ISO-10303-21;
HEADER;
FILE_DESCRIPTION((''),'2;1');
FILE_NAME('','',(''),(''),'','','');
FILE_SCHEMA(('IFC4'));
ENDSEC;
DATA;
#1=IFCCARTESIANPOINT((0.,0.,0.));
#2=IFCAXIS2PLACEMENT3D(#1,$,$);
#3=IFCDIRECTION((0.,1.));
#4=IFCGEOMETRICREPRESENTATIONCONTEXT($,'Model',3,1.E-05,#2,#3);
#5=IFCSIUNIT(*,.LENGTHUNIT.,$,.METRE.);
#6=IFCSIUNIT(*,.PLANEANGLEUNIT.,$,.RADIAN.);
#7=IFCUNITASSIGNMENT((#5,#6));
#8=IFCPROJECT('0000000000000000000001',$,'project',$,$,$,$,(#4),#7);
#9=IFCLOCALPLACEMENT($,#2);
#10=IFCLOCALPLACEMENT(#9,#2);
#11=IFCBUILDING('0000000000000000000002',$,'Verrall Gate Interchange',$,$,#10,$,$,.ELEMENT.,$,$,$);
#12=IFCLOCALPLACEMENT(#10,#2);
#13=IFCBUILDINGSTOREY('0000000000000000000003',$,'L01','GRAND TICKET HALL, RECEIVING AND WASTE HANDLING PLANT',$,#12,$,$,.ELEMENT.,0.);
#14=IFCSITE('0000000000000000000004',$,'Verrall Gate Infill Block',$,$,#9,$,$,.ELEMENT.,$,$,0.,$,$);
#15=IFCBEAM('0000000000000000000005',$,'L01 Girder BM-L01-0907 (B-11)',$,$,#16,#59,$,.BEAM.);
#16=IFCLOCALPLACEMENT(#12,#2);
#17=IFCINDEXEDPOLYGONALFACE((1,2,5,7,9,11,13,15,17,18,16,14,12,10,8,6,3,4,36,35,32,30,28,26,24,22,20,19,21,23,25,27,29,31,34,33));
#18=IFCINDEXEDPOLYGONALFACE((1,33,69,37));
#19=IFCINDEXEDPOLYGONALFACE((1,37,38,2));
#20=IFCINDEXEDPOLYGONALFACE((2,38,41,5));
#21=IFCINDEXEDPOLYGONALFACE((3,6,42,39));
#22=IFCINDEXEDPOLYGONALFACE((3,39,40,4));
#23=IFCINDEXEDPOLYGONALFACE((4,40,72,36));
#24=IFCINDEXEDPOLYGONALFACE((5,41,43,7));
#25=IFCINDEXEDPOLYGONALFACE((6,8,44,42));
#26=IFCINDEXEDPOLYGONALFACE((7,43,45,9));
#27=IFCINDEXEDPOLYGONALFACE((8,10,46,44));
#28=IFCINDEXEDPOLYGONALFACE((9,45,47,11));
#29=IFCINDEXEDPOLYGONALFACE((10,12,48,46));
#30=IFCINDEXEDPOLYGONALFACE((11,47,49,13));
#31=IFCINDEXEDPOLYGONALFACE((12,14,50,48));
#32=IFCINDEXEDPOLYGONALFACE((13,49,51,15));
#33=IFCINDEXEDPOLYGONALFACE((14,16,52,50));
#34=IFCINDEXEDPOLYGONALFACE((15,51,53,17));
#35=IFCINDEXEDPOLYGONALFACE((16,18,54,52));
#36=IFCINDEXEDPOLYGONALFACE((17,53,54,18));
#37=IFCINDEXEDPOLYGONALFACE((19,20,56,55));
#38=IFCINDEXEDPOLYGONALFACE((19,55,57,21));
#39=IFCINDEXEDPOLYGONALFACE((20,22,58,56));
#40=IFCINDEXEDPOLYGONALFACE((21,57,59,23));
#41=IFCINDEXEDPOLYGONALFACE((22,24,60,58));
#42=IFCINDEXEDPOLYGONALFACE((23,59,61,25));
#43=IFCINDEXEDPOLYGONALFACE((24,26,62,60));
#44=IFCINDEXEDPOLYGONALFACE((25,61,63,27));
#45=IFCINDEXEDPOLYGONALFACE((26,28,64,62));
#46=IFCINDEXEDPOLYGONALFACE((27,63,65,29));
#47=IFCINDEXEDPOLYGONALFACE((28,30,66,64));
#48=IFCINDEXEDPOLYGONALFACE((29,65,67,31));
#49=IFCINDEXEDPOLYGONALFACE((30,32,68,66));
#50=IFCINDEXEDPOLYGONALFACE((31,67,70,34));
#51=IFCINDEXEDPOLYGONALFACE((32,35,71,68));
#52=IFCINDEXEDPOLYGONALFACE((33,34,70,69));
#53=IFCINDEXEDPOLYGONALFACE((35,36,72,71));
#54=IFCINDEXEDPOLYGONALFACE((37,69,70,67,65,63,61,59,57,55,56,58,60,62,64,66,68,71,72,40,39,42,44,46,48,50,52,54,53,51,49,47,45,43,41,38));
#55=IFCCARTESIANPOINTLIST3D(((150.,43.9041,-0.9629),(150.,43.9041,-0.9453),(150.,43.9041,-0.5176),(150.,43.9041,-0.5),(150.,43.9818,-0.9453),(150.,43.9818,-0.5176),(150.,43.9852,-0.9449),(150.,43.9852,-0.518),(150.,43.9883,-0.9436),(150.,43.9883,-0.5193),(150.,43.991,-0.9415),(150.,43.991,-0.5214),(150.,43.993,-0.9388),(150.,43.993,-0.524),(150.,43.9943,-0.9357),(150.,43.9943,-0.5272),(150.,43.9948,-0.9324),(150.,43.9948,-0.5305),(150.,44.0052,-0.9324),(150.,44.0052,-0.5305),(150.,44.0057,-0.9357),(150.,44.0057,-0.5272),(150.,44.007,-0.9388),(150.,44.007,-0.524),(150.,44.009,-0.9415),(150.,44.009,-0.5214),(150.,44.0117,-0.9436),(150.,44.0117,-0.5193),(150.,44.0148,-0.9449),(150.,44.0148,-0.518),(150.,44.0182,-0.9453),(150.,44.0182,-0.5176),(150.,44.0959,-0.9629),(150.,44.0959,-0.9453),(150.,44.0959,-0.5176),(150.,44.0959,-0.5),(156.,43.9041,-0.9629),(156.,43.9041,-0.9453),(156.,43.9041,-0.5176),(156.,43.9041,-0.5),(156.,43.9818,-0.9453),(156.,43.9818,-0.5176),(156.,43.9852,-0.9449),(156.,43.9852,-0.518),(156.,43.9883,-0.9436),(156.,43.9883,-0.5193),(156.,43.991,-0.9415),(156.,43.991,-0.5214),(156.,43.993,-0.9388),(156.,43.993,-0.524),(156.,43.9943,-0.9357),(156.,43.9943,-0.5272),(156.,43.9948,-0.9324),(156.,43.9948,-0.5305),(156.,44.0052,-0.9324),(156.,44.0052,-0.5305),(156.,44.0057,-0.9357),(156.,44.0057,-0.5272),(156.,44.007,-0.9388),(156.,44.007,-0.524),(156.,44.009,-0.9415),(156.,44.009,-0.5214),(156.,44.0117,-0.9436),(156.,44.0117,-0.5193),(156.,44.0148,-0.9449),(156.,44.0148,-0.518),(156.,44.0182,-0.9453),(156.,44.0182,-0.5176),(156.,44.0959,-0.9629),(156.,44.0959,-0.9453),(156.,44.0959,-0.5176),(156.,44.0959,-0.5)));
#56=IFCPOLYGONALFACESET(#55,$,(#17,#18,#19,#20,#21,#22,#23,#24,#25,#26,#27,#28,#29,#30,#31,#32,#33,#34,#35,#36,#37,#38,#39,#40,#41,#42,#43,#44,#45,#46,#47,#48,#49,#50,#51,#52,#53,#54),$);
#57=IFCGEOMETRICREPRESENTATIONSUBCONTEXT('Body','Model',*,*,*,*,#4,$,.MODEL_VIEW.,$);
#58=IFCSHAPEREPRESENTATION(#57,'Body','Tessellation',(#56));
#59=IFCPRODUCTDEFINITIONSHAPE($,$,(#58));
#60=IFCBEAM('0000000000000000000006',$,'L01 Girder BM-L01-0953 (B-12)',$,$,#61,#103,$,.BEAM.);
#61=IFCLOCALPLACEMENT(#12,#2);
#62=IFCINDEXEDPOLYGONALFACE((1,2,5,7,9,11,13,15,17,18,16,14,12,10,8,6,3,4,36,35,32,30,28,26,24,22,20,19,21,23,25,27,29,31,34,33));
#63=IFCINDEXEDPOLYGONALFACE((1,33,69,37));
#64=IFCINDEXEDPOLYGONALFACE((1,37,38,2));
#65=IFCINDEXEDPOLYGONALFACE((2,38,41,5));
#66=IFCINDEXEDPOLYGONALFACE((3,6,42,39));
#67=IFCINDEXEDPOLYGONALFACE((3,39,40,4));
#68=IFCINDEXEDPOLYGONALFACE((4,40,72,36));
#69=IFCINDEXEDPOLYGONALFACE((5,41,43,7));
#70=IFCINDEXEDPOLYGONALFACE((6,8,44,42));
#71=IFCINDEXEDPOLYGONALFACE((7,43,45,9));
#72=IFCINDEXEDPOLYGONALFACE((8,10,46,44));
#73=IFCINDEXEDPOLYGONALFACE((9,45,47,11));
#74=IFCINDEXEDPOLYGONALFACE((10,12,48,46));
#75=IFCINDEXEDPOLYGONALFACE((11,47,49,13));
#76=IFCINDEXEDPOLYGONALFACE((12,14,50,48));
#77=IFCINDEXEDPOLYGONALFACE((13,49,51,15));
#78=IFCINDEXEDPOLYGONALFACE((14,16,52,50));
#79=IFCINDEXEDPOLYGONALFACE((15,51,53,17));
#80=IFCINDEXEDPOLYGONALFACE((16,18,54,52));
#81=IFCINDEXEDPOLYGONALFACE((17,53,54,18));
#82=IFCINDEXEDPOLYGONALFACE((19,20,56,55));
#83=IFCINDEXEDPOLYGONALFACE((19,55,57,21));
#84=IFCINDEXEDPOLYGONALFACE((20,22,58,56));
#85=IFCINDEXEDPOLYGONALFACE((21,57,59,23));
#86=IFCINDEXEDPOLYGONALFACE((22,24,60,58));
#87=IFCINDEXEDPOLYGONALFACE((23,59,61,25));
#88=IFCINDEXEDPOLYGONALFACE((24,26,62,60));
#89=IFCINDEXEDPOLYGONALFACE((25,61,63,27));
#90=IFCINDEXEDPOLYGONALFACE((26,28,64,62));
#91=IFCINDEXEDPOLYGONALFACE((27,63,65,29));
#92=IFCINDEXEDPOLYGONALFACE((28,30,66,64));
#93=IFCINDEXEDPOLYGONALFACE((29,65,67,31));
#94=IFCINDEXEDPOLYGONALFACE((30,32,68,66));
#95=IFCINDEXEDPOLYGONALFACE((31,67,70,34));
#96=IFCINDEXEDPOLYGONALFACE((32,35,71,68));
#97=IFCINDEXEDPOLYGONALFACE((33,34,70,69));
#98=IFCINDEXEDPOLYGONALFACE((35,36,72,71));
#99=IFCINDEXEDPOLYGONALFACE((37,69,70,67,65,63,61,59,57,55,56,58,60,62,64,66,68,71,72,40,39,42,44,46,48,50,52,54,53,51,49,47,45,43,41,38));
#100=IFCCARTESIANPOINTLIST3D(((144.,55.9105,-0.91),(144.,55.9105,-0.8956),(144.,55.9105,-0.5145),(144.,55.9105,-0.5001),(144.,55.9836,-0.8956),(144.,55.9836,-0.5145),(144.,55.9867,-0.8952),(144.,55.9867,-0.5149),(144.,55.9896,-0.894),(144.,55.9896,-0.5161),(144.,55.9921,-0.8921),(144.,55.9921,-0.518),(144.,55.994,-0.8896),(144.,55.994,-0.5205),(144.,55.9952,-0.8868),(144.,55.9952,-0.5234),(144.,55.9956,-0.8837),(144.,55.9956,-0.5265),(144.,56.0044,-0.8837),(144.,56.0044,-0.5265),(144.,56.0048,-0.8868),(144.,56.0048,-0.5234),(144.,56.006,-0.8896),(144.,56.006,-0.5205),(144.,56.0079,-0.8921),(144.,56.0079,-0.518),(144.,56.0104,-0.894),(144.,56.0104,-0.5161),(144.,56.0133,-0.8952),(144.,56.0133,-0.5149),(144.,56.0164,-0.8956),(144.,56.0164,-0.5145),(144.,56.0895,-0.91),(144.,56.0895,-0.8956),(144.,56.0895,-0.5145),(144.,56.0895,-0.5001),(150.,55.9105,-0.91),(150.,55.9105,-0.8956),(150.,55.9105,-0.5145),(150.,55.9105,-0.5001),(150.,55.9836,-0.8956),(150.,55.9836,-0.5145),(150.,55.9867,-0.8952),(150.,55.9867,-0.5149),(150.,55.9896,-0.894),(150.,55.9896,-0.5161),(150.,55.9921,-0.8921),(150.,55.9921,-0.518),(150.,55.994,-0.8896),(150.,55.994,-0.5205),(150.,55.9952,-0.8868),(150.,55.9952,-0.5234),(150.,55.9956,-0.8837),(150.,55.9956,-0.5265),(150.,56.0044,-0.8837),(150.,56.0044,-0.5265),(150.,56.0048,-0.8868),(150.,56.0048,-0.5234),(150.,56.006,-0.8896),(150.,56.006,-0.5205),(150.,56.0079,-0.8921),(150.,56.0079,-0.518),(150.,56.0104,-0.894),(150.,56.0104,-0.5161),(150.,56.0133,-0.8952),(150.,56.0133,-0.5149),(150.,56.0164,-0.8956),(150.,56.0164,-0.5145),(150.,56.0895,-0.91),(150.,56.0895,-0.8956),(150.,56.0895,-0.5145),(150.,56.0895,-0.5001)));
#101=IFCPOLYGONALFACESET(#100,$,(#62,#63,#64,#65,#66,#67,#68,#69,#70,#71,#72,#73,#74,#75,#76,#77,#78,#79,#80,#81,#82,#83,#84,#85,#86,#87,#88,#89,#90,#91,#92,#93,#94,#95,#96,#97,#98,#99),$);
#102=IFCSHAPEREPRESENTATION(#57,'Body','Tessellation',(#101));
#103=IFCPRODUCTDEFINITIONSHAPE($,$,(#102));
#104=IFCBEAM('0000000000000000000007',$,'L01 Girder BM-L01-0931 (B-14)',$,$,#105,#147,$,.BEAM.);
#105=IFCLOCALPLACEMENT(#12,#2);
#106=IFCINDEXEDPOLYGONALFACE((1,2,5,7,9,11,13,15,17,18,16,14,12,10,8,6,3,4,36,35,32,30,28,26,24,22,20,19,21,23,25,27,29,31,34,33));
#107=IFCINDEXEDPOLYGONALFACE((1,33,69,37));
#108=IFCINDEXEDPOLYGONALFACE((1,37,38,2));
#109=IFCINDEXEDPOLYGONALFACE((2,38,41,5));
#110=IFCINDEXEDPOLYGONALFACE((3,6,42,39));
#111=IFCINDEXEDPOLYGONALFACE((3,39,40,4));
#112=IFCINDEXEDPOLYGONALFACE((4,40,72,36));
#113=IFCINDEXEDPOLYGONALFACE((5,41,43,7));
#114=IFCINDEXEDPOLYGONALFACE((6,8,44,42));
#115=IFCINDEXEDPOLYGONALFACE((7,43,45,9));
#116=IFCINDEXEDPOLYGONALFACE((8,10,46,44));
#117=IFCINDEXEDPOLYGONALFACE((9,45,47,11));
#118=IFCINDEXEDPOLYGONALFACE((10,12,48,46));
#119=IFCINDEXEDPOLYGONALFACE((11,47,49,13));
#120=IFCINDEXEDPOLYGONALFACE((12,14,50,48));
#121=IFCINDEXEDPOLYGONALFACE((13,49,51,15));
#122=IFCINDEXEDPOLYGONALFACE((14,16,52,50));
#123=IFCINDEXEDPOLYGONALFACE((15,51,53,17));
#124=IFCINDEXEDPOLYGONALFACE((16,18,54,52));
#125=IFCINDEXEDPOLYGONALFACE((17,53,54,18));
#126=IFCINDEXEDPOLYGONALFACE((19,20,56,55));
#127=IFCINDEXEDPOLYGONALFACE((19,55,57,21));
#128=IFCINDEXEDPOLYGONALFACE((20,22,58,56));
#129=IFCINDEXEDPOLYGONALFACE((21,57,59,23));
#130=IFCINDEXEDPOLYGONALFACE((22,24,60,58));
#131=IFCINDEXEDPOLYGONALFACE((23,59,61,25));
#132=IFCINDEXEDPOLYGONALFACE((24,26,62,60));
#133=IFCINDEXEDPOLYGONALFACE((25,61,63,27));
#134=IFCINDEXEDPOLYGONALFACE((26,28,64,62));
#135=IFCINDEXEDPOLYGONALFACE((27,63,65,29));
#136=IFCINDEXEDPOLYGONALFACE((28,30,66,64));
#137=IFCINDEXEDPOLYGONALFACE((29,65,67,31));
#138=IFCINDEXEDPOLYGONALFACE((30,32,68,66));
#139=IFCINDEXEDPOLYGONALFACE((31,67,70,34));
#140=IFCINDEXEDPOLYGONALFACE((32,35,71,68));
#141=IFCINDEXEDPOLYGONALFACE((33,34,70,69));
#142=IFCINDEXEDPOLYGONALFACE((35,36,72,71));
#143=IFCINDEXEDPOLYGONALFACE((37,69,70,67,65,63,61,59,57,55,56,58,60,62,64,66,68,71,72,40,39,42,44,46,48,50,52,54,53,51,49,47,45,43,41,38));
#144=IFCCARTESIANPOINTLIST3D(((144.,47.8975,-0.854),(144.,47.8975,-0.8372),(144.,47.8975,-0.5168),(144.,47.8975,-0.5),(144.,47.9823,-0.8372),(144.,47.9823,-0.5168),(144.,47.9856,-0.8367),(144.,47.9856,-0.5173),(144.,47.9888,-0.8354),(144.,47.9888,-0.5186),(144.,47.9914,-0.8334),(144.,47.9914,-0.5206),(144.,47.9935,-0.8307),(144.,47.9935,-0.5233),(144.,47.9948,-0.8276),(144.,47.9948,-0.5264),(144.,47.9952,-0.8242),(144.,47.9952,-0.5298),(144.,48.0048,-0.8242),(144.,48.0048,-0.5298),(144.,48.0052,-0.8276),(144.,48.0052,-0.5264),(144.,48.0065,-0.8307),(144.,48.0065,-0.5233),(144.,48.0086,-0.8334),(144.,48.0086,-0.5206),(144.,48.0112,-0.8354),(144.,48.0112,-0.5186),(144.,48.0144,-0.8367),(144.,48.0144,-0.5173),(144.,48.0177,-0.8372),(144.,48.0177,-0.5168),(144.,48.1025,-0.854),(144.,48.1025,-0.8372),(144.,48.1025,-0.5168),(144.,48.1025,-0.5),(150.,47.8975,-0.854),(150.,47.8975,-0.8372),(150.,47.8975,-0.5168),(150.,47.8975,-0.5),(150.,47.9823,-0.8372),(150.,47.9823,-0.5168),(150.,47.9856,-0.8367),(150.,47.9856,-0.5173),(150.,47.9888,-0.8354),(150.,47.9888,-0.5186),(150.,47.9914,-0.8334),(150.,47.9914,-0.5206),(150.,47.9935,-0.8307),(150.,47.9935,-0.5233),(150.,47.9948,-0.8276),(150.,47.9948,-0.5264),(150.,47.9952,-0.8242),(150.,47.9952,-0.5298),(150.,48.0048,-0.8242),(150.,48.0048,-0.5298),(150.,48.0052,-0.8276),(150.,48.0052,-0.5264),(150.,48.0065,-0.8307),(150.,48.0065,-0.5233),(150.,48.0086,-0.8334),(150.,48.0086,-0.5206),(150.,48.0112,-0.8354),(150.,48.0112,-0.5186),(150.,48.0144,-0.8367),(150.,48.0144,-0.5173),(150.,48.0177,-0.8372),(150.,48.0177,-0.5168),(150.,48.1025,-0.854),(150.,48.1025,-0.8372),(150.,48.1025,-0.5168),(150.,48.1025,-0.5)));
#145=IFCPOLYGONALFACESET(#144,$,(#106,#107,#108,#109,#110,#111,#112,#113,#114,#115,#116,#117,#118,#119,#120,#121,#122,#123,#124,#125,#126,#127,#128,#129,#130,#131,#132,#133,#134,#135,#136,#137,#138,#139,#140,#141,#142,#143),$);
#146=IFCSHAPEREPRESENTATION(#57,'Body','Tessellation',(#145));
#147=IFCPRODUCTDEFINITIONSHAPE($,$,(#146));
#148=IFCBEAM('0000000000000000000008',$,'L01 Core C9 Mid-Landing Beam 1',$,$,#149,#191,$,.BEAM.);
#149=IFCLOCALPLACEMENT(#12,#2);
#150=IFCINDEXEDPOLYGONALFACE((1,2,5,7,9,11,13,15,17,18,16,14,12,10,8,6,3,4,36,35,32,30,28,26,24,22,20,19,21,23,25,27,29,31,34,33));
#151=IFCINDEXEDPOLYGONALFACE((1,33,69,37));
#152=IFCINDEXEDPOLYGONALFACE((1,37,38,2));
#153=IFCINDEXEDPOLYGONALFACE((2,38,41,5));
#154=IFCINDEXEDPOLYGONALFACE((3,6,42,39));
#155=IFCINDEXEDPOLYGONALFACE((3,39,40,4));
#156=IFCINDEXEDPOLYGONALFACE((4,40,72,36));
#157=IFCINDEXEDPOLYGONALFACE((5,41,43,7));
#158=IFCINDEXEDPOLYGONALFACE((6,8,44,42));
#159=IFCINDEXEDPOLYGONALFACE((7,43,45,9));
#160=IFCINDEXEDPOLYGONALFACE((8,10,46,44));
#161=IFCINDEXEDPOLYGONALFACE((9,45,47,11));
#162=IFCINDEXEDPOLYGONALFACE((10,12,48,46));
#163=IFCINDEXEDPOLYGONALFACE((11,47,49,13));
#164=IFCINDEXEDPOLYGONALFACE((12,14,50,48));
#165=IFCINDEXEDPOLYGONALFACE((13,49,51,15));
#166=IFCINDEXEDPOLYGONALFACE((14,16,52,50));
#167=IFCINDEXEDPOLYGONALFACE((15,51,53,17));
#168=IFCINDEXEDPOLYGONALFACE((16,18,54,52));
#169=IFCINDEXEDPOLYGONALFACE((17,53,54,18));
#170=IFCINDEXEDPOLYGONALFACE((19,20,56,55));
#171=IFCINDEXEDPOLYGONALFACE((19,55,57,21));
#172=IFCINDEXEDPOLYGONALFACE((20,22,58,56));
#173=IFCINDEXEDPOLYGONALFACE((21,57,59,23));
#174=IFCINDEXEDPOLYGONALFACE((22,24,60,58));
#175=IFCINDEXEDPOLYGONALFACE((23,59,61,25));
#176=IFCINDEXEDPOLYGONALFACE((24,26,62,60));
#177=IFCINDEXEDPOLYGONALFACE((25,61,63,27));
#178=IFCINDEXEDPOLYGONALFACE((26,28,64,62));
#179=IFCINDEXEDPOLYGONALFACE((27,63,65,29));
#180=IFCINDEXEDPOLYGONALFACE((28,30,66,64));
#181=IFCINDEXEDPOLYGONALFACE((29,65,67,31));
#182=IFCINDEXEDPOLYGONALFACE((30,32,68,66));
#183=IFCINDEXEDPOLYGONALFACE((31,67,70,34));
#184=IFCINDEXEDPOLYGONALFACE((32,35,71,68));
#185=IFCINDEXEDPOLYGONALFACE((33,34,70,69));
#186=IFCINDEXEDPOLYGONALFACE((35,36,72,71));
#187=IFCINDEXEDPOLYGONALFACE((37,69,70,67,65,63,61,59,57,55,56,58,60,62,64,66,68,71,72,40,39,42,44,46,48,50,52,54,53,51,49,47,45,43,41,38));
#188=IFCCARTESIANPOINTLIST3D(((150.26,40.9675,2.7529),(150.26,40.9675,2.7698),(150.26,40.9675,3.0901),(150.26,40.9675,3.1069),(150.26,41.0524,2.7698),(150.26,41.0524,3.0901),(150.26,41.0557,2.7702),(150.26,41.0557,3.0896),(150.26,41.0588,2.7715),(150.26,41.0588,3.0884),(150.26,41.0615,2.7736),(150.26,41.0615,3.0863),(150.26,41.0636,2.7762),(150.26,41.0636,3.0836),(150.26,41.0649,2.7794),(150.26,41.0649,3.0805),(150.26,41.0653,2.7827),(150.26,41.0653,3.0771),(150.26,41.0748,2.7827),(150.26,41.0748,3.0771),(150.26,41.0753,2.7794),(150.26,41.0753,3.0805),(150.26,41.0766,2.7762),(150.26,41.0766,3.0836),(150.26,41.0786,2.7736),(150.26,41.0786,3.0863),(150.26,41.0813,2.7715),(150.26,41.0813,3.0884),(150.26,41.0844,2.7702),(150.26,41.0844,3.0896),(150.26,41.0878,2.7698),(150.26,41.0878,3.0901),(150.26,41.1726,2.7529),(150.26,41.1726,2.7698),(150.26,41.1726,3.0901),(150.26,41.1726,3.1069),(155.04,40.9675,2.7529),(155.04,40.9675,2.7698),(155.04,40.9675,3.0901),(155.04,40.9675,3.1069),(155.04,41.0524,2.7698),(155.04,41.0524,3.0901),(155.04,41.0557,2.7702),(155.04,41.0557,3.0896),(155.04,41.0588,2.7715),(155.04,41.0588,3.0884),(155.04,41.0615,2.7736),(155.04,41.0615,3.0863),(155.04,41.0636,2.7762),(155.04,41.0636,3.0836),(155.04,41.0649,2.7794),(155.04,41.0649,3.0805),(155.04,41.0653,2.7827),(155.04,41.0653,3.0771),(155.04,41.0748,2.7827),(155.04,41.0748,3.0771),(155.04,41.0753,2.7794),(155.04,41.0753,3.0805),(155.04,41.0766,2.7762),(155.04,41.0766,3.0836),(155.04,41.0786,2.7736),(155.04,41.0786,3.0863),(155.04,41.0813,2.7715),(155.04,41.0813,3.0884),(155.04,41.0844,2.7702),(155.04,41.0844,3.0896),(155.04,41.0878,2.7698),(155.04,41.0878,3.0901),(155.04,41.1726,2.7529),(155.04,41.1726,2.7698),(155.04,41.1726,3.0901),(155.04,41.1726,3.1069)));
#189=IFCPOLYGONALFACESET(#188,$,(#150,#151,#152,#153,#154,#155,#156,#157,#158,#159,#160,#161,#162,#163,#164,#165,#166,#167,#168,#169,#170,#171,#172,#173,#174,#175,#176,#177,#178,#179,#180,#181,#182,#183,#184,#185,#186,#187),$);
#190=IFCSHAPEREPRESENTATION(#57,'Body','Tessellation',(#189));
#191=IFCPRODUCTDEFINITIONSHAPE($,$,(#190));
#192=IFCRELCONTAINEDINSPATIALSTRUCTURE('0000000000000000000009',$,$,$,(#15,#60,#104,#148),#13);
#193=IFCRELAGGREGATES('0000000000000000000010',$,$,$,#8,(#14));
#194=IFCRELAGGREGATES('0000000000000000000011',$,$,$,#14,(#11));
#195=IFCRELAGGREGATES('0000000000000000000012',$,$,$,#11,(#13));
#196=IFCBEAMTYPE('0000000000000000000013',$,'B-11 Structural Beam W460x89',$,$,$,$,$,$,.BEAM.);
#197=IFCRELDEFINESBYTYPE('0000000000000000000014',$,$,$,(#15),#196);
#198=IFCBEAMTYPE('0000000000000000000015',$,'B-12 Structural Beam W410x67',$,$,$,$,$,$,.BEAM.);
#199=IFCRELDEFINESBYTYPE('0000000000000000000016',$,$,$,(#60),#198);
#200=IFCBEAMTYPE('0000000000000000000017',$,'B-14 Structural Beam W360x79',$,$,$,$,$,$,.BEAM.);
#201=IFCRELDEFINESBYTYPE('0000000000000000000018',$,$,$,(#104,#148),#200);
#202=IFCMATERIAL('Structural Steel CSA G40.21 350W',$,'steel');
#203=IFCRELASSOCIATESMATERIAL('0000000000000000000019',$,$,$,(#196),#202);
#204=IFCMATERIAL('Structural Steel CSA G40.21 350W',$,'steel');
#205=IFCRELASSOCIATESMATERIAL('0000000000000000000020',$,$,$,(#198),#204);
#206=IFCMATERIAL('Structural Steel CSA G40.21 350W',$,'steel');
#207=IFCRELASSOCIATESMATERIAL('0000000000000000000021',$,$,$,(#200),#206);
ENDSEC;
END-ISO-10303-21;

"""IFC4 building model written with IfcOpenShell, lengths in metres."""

from ifc_helpers import new_model, si_unit, direction, frame, origin, origin_2d, place, context, subcontext, project, spatial, i_section, extrude, material, material_profile, profile_set, type_object, element, save


model = new_model("IFC4")

# Units and contexts
model_context = context("Model", 3, precision=1e-05, world=origin(), true_north=direction((0.0, 1.0)))
body_context = subcontext(model_context, "Body", "Model", "MODEL_VIEW")
ifc_project = project(units=[si_unit("LENGTHUNIT", "METRE"), si_unit("PLANEANGLEUNIT", "RADIAN")], contexts=[model_context])

# Site, building, storey
site_placement = place(None, origin())
site = spatial("IfcSite", under=ifc_project, at=site_placement, Name="Verrall Gate Infill Block", CompositionType="ELEMENT", RefElevation=0.0)
building_placement = place(site_placement, origin())
building = spatial("IfcBuilding", under=site, at=building_placement, Name="Verrall Gate Interchange", CompositionType="ELEMENT")
storey_placement = place(building_placement, origin())
storey = spatial("IfcBuildingStorey", under=building, at=storey_placement, Name="L01", Description="GRAND TICKET HALL, RECEIVING AND WASTE HANDLING PLANT", CompositionType="ELEMENT", Elevation=0.0)

# Beams
ifc_material_1 = material(Name="Structural Steel CSA G40.21 350W", Category="steel")
ifc_material_profile_1 = material_profile(ifc_material_1, i_section(OverallWidth=0.1919, OverallDepth=0.4629, WebThickness=0.0105, FlangeThickness=0.0176, FilletRadius=0.0129, at=origin_2d()), Name="W460x89")
ifc_profile_set_1 = profile_set([ifc_material_profile_1], Name="Structural Steel CSA G40.21 350W")
beam_type_1 = type_object("IfcBeamType", Name="B-11 Structural Beam W460x89", PredefinedType="BEAM", material=ifc_profile_set_1)
beam_1_placement = place(storey_placement, frame((150.0, 44.0, -0.7314), z_axis=(1.0, 0.0, 0.0), x_axis=(0.0, 1.0, 0.0)))
element("IfcBeam", 1, at=beam_1_placement, inside=storey, type_object=beam_type_1, Name="L01 Girder BM-L01-0907 (B-11)", PredefinedType="BEAM", context=body_context, shape_type="SweptSolid", body=[
    extrude(i_section(OverallWidth=0.1919, OverallDepth=0.4629, WebThickness=0.0105, FlangeThickness=0.0176, FilletRadius=0.0129, at=origin_2d()), origin(), (0.0, 0.0, 1.0), 6.0),
])
ifc_material_2 = material(Name="Structural Steel CSA G40.21 350W", Category="steel")
ifc_material_profile_2 = material_profile(ifc_material_2, i_section(OverallWidth=0.179, OverallDepth=0.4099, WebThickness=0.0088, FlangeThickness=0.0144, FilletRadius=0.012, at=origin_2d()), Name="W410x67")
ifc_profile_set_2 = profile_set([ifc_material_profile_2], Name="Structural Steel CSA G40.21 350W")
beam_type_2 = type_object("IfcBeamType", Name="B-12 Structural Beam W410x67", PredefinedType="BEAM", material=ifc_profile_set_2)
beam_2_placement = place(storey_placement, frame((144.0, 56.0, -0.7051), z_axis=(1.0, 0.0, 0.0), x_axis=(0.0, 1.0, 0.0)))
element("IfcBeam", 2, at=beam_2_placement, inside=storey, type_object=beam_type_2, Name="L01 Girder BM-L01-0953 (B-12)", PredefinedType="BEAM", context=body_context, shape_type="SweptSolid", body=[
    extrude(i_section(OverallWidth=0.179, OverallDepth=0.4099, WebThickness=0.0088, FlangeThickness=0.0144, FilletRadius=0.012, at=origin_2d()), origin(), (0.0, 0.0, 1.0), 6.0),
])
ifc_material_3 = material(Name="Structural Steel CSA G40.21 350W", Category="steel")
ifc_material_profile_3 = material_profile(ifc_material_3, i_section(OverallWidth=0.2051, OverallDepth=0.354, WebThickness=0.0095, FlangeThickness=0.0168, FilletRadius=0.0129, at=origin_2d()), Name="W360x79")
ifc_profile_set_3 = profile_set([ifc_material_profile_3], Name="Structural Steel CSA G40.21 350W")
beam_type_3 = type_object("IfcBeamType", Name="B-14 Structural Beam W360x79", PredefinedType="BEAM", material=ifc_profile_set_3)
beam_3_placement = place(storey_placement, frame((144.0, 48.0, -0.677), z_axis=(1.0, 0.0, 0.0), x_axis=(0.0, 1.0, 0.0)))
element("IfcBeam", 3, at=beam_3_placement, inside=storey, type_object=beam_type_3, Name="L01 Girder BM-L01-0931 (B-14)", PredefinedType="BEAM", context=body_context, shape_type="SweptSolid", body=[
    extrude(i_section(OverallWidth=0.2051, OverallDepth=0.354, WebThickness=0.0095, FlangeThickness=0.0168, FilletRadius=0.0129, at=origin_2d()), origin(), (0.0, 0.0, 1.0), 6.0),
])
for number, where, z_axis, x_axis, name in (
    (4, (150.26, 41.0701, 2.9299), (1.0, 0.0, 0.0), (0.0, 1.0, 0.0), "L01 Core C9 Mid-Landing Beam 1"),
):
    element("IfcBeam", number, at=place(storey_placement, frame(where, z_axis=z_axis, x_axis=x_axis)), inside=storey, type_object=beam_type_3, Name=name, PredefinedType="BEAM", context=body_context, shape_type="SweptSolid", body=[
        extrude(i_section(OverallWidth=0.2051, OverallDepth=0.354, WebThickness=0.0095, FlangeThickness=0.0168, FilletRadius=0.0129, at=origin_2d()), origin(), (0.0, 0.0, 1.0), 4.78),
    ])

save(model, "model.ifc")
